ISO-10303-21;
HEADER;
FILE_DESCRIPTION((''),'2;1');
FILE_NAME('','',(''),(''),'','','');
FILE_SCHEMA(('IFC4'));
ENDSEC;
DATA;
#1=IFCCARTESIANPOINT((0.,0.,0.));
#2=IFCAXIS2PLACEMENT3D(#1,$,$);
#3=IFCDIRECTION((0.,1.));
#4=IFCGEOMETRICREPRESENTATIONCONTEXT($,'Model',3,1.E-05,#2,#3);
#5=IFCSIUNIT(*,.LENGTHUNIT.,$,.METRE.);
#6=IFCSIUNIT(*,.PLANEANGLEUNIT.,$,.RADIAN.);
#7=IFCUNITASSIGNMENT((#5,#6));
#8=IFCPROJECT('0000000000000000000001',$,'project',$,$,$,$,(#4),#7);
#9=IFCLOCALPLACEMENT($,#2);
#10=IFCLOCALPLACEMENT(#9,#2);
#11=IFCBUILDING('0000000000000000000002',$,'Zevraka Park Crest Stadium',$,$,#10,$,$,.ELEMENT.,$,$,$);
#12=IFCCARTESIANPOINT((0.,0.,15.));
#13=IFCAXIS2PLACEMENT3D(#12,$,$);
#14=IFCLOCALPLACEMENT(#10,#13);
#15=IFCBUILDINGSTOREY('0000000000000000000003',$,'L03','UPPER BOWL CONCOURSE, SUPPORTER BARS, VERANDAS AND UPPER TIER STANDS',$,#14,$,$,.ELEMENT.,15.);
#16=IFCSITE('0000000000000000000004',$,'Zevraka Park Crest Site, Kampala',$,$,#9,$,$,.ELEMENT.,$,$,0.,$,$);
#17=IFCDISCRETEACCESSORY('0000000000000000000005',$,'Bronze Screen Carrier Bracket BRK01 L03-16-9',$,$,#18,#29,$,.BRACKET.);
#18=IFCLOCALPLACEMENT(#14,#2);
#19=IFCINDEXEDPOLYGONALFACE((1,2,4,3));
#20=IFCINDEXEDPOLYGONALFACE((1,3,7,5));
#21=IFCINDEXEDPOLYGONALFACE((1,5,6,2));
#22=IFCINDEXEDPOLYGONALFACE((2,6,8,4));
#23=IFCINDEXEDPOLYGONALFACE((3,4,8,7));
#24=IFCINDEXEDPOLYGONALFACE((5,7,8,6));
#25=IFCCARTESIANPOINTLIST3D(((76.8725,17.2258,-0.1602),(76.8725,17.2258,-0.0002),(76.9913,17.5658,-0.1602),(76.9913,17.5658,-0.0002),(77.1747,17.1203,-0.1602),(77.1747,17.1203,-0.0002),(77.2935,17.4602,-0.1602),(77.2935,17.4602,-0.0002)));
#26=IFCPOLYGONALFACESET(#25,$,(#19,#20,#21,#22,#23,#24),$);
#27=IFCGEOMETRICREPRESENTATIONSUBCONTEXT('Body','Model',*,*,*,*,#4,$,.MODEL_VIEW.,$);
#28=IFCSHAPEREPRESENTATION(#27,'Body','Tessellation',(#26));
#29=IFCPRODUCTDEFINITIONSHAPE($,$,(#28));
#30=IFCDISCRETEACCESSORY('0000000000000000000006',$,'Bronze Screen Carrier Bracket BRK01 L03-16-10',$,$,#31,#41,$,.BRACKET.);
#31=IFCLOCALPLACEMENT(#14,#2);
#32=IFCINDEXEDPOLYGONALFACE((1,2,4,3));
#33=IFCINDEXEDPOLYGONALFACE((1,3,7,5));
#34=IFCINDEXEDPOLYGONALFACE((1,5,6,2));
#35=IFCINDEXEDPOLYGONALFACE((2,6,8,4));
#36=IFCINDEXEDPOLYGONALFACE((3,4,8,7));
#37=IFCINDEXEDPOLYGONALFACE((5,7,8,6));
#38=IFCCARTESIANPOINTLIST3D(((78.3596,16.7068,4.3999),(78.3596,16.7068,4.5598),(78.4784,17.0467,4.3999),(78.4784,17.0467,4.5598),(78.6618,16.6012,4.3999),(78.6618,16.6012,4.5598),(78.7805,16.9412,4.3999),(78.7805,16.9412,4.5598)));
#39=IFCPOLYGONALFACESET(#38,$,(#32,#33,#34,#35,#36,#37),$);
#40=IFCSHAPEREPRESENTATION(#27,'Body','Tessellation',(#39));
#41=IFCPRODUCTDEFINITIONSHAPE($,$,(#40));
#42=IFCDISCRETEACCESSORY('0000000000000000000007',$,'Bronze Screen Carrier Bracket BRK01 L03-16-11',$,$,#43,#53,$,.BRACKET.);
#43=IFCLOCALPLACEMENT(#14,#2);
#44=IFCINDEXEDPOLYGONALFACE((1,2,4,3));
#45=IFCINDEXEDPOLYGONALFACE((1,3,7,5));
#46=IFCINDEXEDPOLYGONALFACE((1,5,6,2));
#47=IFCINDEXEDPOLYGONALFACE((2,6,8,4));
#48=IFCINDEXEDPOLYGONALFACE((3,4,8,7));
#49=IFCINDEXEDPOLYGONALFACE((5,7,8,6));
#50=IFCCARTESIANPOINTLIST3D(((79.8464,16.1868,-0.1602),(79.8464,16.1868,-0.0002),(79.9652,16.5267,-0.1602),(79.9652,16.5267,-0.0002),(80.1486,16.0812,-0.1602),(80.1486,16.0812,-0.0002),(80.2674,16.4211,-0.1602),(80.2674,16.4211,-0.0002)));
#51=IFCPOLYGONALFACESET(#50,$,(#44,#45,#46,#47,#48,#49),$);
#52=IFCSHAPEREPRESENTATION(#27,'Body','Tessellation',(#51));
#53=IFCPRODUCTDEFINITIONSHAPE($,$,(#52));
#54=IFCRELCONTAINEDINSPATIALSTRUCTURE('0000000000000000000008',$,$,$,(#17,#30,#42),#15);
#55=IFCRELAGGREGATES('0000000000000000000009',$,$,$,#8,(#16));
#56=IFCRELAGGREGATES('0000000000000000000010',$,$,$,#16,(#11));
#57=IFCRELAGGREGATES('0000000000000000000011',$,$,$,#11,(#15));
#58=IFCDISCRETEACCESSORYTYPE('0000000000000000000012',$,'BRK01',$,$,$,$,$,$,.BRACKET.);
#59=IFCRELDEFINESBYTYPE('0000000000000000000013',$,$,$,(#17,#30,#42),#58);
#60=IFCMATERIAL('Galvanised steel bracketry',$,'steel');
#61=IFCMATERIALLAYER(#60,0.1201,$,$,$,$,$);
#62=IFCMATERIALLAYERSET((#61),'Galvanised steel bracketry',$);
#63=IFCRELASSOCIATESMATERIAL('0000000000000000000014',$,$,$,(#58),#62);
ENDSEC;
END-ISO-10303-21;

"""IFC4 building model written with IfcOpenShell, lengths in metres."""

from ifc_helpers import new_model, si_unit, direction, frame, origin, origin_2d, place, context, subcontext, project, spatial, rectangle, extrude, material, layer, layer_set, type_object, element, save


model = new_model("IFC4")

# Units and contexts
model_context = context("Model", 3, precision=1e-05, world=origin(), true_north=direction((0.0, 1.0)))
body_context = subcontext(model_context, "Body", "Model", "MODEL_VIEW")
ifc_project = project(units=[si_unit("LENGTHUNIT", "METRE"), si_unit("PLANEANGLEUNIT", "RADIAN")], contexts=[model_context])

# Site, building, storey
site_placement = place(None, origin())
site = spatial("IfcSite", under=ifc_project, at=site_placement, Name="Zevraka Park Crest Site, Kampala", CompositionType="ELEMENT", RefElevation=0.0)
building_placement = place(site_placement, origin())
building = spatial("IfcBuilding", under=site, at=building_placement, Name="Zevraka Park Crest Stadium", CompositionType="ELEMENT")
storey_placement = place(building_placement, frame((0.0, 0.0, 15.0)))
storey = spatial("IfcBuildingStorey", under=building, at=storey_placement, Name="L03", Description="UPPER BOWL CONCOURSE, SUPPORTER BARS, VERANDAS AND UPPER TIER STANDS", CompositionType="ELEMENT", Elevation=15.0)

# Discrete accessories
ifc_material_1 = material(Name="Galvanised steel bracketry", Category="steel")
ifc_layer_1 = layer(ifc_material_1, 0.1201)
ifc_layer_set_1 = layer_set([ifc_layer_1], Name="Galvanised steel bracketry")
discrete_accessory_type = type_object("IfcDiscreteAccessoryType", Name="BRK01", PredefinedType="BRACKET", material=ifc_layer_set_1)
for number, where, z_axis, x_axis, name in (
    (1, (77.083, 17.343, -0.1602), (0.0, 0.0, 1.0), (0.944031, -0.329855, 0.0), "Bronze Screen Carrier Bracket BRK01 L03-16-9"),
    (2, (78.5701, 16.824, 4.3999), (0.0, 0.0, 1.0), (0.944031, -0.329855, 0.0), "Bronze Screen Carrier Bracket BRK01 L03-16-10"),
    (3, (80.0569, 16.304, -0.1602), (0.0, 0.0, 1.0), (0.944031, -0.329855, 0.0), "Bronze Screen Carrier Bracket BRK01 L03-16-11"),
):
    element("IfcDiscreteAccessory", number, at=place(storey_placement, frame(where, z_axis=z_axis, x_axis=x_axis)), inside=storey, type_object=discrete_accessory_type, Name=name, PredefinedType="BRACKET", context=body_context, shape_type="SweptSolid", body=[
        extrude(rectangle(XDim=0.3201, YDim=0.3601, at=origin_2d()), origin(), (0.0, 0.0, 1.0), 0.1599),
    ])

save(model, "model.ifc")
